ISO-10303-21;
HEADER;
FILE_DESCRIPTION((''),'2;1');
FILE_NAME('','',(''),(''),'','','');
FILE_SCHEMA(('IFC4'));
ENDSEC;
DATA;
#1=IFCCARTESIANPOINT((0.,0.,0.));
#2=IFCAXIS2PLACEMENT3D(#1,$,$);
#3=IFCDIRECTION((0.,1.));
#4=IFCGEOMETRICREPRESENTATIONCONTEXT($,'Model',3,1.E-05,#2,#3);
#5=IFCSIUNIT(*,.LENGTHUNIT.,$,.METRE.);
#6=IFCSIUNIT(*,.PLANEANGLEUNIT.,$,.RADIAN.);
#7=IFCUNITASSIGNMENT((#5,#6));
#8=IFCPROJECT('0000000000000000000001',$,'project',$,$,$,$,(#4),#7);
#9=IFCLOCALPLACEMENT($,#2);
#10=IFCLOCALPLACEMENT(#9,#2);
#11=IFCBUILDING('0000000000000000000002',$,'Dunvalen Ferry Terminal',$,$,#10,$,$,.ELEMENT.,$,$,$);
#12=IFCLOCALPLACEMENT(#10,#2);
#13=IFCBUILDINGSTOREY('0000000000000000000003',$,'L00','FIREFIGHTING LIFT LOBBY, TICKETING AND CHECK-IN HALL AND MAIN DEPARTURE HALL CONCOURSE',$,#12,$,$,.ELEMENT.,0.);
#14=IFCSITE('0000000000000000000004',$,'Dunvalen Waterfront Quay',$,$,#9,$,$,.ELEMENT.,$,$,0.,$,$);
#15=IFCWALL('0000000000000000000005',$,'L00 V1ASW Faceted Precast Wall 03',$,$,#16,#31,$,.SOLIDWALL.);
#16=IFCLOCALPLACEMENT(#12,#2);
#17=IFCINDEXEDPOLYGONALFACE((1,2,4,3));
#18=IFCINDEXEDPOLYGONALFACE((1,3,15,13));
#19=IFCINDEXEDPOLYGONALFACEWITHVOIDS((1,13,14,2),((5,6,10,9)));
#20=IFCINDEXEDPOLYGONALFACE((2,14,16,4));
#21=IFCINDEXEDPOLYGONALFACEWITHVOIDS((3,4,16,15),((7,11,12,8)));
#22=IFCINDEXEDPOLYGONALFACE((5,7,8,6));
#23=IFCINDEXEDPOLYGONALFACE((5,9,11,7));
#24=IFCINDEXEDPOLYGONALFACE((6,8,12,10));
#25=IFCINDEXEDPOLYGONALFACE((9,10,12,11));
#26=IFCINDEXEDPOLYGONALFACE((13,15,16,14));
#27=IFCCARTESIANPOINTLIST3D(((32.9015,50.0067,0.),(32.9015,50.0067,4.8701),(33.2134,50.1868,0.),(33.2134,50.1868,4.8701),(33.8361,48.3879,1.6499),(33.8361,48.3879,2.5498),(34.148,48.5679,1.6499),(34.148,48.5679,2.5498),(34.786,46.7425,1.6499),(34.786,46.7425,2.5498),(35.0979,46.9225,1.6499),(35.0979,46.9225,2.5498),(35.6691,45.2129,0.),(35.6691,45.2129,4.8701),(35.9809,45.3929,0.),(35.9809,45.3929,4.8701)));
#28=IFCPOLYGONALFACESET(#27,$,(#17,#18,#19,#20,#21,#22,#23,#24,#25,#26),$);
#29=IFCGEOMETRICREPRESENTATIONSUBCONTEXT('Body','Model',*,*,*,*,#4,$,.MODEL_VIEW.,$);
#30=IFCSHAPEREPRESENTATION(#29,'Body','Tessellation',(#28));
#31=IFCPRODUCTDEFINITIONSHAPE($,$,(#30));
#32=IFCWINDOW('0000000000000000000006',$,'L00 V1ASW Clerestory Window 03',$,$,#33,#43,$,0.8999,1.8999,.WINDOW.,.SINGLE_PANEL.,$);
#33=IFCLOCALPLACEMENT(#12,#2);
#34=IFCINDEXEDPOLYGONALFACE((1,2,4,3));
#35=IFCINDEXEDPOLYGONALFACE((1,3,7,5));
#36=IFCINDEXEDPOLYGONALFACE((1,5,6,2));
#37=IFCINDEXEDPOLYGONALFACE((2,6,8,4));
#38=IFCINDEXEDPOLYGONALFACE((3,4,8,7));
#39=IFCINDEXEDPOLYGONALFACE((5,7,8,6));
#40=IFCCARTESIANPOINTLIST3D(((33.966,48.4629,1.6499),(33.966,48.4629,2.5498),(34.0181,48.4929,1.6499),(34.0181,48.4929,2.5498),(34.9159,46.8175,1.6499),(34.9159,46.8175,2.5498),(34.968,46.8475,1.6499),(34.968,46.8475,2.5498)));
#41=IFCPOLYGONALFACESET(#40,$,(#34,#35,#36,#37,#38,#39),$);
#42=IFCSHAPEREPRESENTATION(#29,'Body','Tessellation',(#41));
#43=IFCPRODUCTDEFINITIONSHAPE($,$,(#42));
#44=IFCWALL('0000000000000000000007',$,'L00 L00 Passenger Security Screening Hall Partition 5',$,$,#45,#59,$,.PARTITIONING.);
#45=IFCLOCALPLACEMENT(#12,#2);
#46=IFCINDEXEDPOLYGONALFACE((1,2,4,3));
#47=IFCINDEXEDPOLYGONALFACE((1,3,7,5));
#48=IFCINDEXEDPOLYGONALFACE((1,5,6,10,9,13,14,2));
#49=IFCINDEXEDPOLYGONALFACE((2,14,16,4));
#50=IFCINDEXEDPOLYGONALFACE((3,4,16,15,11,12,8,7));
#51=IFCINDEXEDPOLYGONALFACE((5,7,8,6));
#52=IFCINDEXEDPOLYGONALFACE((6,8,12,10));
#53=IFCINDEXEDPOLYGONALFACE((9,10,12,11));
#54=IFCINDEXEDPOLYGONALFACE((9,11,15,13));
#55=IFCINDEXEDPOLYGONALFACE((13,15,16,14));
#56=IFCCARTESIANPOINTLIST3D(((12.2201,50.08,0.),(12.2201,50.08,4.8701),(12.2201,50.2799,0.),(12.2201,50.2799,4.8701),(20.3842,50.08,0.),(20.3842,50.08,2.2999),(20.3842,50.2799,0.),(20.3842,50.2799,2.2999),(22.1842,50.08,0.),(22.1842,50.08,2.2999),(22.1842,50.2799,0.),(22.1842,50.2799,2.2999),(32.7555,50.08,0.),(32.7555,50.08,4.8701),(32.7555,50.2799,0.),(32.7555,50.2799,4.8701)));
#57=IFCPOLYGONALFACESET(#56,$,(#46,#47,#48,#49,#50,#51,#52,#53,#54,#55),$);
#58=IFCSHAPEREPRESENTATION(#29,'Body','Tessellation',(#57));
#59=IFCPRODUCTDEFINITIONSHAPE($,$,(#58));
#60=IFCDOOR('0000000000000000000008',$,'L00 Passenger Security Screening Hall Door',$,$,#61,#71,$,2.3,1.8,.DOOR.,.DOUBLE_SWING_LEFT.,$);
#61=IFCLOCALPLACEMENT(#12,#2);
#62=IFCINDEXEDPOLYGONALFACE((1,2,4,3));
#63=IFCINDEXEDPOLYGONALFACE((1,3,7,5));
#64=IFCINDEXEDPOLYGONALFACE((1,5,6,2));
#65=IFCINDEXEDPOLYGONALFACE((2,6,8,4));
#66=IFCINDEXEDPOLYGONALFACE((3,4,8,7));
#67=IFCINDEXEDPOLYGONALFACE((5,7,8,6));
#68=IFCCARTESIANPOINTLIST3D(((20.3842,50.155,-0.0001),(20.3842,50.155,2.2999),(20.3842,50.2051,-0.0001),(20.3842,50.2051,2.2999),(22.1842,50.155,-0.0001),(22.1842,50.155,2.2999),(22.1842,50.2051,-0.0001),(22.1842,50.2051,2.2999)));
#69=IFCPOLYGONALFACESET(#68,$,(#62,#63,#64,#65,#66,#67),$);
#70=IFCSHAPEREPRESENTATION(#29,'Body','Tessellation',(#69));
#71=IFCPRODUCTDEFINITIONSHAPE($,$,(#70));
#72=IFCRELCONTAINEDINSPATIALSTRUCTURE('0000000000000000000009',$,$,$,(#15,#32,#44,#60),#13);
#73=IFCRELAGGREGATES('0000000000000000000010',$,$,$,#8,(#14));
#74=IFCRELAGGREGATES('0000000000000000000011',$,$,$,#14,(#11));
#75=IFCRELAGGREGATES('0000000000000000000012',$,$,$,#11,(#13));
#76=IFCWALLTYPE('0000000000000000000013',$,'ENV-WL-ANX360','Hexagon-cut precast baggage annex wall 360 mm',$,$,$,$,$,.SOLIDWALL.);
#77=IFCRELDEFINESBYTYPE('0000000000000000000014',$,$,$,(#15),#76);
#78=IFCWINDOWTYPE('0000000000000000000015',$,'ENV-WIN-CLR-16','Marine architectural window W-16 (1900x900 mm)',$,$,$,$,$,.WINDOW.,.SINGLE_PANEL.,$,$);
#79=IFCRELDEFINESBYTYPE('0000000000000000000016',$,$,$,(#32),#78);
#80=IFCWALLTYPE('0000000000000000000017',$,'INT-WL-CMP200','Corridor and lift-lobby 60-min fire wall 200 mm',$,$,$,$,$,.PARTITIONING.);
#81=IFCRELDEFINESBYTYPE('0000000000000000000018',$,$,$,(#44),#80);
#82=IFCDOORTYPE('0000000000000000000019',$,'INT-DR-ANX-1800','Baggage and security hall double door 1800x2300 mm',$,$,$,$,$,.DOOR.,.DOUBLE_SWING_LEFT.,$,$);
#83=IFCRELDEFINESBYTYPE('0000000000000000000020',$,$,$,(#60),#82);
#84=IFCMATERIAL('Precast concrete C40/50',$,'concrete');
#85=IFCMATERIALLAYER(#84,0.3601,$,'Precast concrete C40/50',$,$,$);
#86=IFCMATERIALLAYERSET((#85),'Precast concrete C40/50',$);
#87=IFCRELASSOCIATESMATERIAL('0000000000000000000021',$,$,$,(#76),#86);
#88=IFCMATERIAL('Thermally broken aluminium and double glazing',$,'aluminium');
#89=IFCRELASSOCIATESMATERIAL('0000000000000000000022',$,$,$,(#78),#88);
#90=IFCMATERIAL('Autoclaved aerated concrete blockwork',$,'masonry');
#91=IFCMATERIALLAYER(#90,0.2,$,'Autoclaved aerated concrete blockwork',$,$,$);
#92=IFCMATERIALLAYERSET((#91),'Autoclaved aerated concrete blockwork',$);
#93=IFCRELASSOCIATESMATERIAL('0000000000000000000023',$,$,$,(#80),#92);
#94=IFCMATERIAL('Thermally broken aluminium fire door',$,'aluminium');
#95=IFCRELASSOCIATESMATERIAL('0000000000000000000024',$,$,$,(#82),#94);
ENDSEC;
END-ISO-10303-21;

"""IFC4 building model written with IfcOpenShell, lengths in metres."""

from ifc_helpers import new_model, si_unit, direction, frame, frame_2d, origin, place, context, subcontext, project, spatial, rectangle, extrude, material, layer, layer_set, type_object, element, fill, save


model = new_model("IFC4")

# Units and contexts
model_context = context("Model", 3, precision=1e-05, world=origin(), true_north=direction((0.0, 1.0)))
body_context = subcontext(model_context, "Body", "Model", "MODEL_VIEW")
ifc_project = project(units=[si_unit("LENGTHUNIT", "METRE"), si_unit("PLANEANGLEUNIT", "RADIAN")], contexts=[model_context])

# Site, building, storey
site_placement = place(None, origin())
site = spatial("IfcSite", under=ifc_project, at=site_placement, Name="Dunvalen Waterfront Quay", CompositionType="ELEMENT", RefElevation=0.0)
building_placement = place(site_placement, origin())
building = spatial("IfcBuilding", under=site, at=building_placement, Name="Dunvalen Ferry Terminal", CompositionType="ELEMENT")
storey_placement = place(building_placement, origin())
storey = spatial("IfcBuildingStorey", under=building, at=storey_placement, Name="L00", Description="FIREFIGHTING LIFT LOBBY, TICKETING AND CHECK-IN HALL AND MAIN DEPARTURE HALL CONCOURSE", CompositionType="ELEMENT", Elevation=0.0)

# Wall, opening, window
ifc_material_1 = material(Name="Precast concrete C40/50", Category="concrete")
ifc_layer_1 = layer(ifc_material_1, 0.3601, Name="Precast concrete C40/50")
ifc_layer_set_1 = layer_set([ifc_layer_1], Name="Precast concrete C40/50")
wall_type_1 = type_object("IfcWallType", Name="ENV-WL-ANX360", Description="Hexagon-cut precast baggage annex wall 360 mm", PredefinedType="SOLIDWALL", material=ifc_layer_set_1)
wall_1_placement = place(storey_placement, frame((35.825, 45.303, 0.0), z_axis=(0.0, 0.0, 1.0), x_axis=(-0.499972, 0.866042, 0.0)))
wall_1 = element("IfcWall", 1, at=wall_1_placement, inside=storey, type_object=wall_type_1, Name="L00 V1ASW Faceted Precast Wall 03", PredefinedType="SOLIDWALL", context=body_context, shape_type="SweptSolid", body=[
    extrude(rectangle(XDim=5.5354, YDim=0.3601, at=frame_2d((2.7676, 0.0))), origin(), (0.0, 0.0, 1.0), 4.8701),
])
opening_1_placement = place(wall_1_placement, frame((1.7661, 0.0, 1.6499)))
opening_1 = element("IfcOpeningElement", 2, at=opening_1_placement, cuts=wall_1, PredefinedType="OPENING", context=body_context, shape_type="SweptSolid", body=[
    extrude(rectangle(XDim=1.8999, YDim=0.8999, at=frame_2d((0.95, 0.45))), frame((0.0, 0.1899, 0.0), z_axis=(0.0, -1.0, 0.0), x_axis=(1.0, 0.0, 0.0)), (0.0, 0.0, 1.0), 0.3801),
])
ifc_material_2 = material(Name="Thermally broken aluminium and double glazing", Category="aluminium")
window_type = type_object("IfcWindowType", Name="ENV-WIN-CLR-16", Description="Marine architectural window W-16 (1900x900 mm)", PartitioningType="SINGLE_PANEL", PredefinedType="WINDOW", material=ifc_material_2)
window_placement = place(opening_1_placement, origin())
window = element("IfcWindow", 3, at=window_placement, inside=storey, type_object=window_type, Name="L00 V1ASW Clerestory Window 03", OverallHeight=0.8999, OverallWidth=1.8999, PartitioningType="SINGLE_PANEL", PredefinedType="WINDOW", context=body_context, shape_type="SweptSolid", body=[
    extrude(rectangle(XDim=1.8999, YDim=0.8999, at=frame_2d((0.95, 0.45))), frame((0.0, 0.03, 0.0), z_axis=(0.0, -1.0, 0.0), x_axis=(1.0, 0.0, 0.0)), (0.0, 0.0, 1.0), 0.0601),
])
fill(opening_1, window)

# Wall, opening, door
ifc_material_3 = material(Name="Autoclaved aerated concrete blockwork", Category="masonry")
ifc_layer_2 = layer(ifc_material_3, 0.2, Name="Autoclaved aerated concrete blockwork")
ifc_layer_set_2 = layer_set([ifc_layer_2], Name="Autoclaved aerated concrete blockwork")
wall_type_2 = type_object("IfcWallType", Name="INT-WL-CMP200", Description="Corridor and lift-lobby 60-min fire wall 200 mm", PredefinedType="PARTITIONING", material=ifc_layer_set_2)
wall_2_placement = place(storey_placement, frame((32.7554, 50.1799, 0.0), z_axis=(0.0, 0.0, 1.0), x_axis=(-1.0, 0.0, 0.0)))
wall_2 = element("IfcWall", 4, at=wall_2_placement, inside=storey, type_object=wall_type_2, Name="L00 L00 Passenger Security Screening Hall Partition 5", PredefinedType="PARTITIONING", context=body_context, shape_type="SweptSolid", body=[
    extrude(rectangle(XDim=20.5354, YDim=0.2, at=frame_2d((10.2676, 0.0))), origin(), (0.0, 0.0, 1.0), 4.8701),
])
opening_2_placement = place(wall_2_placement, frame((10.5713, 0.0, 0.0)))
opening_2 = element("IfcOpeningElement", 5, at=opening_2_placement, cuts=wall_2, PredefinedType="OPENING", context=body_context, shape_type="SweptSolid", body=[
    extrude(rectangle(XDim=1.8, YDim=2.3, at=frame_2d((0.8999, 1.1499))), frame((0.0, 0.1099, 0.0), z_axis=(0.0, -1.0, 0.0), x_axis=(1.0, 0.0, 0.0)), (0.0, 0.0, 1.0), 0.22),
])
ifc_material_4 = material(Name="Thermally broken aluminium fire door", Category="aluminium")
door_type = type_object("IfcDoorType", Name="INT-DR-ANX-1800", Description="Baggage and security hall double door 1800x2300 mm", OperationType="DOUBLE_SWING_LEFT", PredefinedType="DOOR", material=ifc_material_4)
door_placement = place(opening_2_placement, origin())
door = element("IfcDoor", 6, at=door_placement, inside=storey, type_object=door_type, Name="L00 Passenger Security Screening Hall Door", OperationType="DOUBLE_SWING_LEFT", OverallHeight=2.3, OverallWidth=1.8, PredefinedType="DOOR", context=body_context, shape_type="SweptSolid", body=[
    extrude(rectangle(XDim=1.8, YDim=2.3, at=frame_2d((0.8999, 1.1499))), frame((0.0, 0.0249, 0.0), z_axis=(0.0, -1.0, 0.0), x_axis=(1.0, 0.0, 0.0)), (0.0, 0.0, 1.0), 0.05),
])
fill(opening_2, door)

save(model, "model.ifc")
